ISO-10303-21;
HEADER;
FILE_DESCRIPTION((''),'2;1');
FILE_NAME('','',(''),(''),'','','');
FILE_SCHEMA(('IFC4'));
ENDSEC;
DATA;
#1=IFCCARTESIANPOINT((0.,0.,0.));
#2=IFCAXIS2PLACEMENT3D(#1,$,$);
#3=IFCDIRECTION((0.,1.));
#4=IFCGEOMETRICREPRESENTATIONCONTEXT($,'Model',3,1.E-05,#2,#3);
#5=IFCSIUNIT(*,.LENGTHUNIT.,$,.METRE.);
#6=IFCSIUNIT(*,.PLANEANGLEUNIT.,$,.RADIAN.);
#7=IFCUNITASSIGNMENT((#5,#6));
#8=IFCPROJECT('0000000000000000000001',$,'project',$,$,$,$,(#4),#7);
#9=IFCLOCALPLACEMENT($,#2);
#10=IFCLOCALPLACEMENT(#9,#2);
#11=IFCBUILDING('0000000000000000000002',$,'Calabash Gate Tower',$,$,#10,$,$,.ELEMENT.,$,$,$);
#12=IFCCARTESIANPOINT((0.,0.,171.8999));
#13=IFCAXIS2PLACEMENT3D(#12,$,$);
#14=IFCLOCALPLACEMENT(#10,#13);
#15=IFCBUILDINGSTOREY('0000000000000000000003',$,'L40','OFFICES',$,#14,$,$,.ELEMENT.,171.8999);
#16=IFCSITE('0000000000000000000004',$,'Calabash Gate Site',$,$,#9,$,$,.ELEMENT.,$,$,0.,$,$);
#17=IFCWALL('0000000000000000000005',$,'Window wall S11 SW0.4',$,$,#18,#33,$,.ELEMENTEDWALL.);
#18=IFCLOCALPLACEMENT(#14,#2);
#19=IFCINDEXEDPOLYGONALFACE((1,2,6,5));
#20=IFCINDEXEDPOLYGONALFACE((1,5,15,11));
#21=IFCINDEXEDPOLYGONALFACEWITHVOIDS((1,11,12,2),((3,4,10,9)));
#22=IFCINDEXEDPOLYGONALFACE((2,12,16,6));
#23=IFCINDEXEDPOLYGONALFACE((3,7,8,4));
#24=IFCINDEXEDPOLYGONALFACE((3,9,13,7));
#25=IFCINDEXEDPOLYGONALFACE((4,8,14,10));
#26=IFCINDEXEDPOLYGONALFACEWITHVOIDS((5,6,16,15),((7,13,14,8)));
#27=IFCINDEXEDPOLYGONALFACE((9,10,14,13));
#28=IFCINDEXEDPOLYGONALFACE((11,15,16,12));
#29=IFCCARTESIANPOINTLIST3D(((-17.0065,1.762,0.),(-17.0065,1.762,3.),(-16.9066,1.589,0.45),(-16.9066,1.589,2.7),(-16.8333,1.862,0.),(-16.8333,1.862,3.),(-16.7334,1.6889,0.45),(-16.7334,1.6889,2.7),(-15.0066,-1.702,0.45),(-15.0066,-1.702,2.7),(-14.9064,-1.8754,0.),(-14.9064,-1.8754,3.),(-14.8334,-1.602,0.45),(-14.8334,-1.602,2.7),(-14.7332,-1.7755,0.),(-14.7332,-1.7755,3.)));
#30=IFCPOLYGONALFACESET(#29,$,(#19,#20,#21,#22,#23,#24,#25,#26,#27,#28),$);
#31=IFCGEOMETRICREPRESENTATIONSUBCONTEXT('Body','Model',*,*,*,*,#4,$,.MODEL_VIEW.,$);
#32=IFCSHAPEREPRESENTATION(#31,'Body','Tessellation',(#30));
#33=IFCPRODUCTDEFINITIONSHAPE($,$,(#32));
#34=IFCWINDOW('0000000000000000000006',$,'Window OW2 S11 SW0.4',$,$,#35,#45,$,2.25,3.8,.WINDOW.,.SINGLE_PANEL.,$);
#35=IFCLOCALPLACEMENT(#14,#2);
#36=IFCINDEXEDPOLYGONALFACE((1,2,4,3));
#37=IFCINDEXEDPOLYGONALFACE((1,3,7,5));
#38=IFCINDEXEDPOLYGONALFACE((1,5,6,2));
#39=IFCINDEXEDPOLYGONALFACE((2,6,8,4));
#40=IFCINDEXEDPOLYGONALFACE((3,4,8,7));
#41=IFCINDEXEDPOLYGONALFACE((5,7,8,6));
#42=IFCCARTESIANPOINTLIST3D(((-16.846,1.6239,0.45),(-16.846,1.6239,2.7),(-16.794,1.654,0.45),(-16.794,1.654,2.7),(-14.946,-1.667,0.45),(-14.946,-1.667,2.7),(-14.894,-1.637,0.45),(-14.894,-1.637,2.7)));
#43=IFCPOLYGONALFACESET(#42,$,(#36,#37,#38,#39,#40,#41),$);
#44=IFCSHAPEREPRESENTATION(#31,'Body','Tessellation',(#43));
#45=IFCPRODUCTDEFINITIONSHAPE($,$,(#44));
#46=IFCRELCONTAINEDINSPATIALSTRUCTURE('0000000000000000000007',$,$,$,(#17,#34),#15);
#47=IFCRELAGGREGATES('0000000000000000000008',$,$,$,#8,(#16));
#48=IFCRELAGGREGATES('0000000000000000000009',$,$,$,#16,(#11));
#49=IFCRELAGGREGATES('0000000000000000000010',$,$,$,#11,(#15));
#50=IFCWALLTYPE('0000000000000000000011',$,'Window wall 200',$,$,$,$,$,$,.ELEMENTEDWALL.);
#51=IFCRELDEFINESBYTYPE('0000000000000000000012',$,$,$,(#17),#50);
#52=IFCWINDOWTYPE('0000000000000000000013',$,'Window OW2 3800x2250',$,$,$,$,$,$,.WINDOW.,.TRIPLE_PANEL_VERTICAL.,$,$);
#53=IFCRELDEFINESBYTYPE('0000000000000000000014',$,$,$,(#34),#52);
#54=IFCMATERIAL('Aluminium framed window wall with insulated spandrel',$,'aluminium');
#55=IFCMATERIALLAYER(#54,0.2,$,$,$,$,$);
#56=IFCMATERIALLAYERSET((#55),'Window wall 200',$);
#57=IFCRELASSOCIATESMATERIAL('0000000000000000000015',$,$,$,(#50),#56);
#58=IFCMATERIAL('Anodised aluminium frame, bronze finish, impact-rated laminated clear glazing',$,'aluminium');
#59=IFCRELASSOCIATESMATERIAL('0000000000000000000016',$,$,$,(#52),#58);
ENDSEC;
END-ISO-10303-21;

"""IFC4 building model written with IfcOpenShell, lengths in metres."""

from ifc_helpers import new_model, si_unit, direction, frame, frame_2d, origin, place, context, subcontext, project, spatial, rectangle, extrude, material, layer, layer_set, type_object, element, fill, save


model = new_model("IFC4")

# Units and contexts
model_context = context("Model", 3, precision=1e-05, world=origin(), true_north=direction((0.0, 1.0)))
body_context = subcontext(model_context, "Body", "Model", "MODEL_VIEW")
ifc_project = project(units=[si_unit("LENGTHUNIT", "METRE"), si_unit("PLANEANGLEUNIT", "RADIAN")], contexts=[model_context])

# Site, building, storey
site_placement = place(None, origin())
site = spatial("IfcSite", under=ifc_project, at=site_placement, Name="Calabash Gate Site", CompositionType="ELEMENT", RefElevation=0.0)
building_placement = place(site_placement, origin())
building = spatial("IfcBuilding", under=site, at=building_placement, Name="Calabash Gate Tower", CompositionType="ELEMENT")
storey_placement = place(building_placement, frame((0.0, 0.0, 171.8999)))
storey = spatial("IfcBuildingStorey", under=building, at=storey_placement, Name="L40", Description="OFFICES", CompositionType="ELEMENT", Elevation=171.8999)

# Shared definitions
ifc_material_1 = material(Name="Aluminium framed window wall with insulated spandrel", Category="aluminium")
ifc_layer_1 = layer(ifc_material_1, 0.2)
ifc_layer_set_1 = layer_set([ifc_layer_1], Name="Window wall 200")
wall_type_1 = type_object("IfcWallType", Name="Window wall 200", PredefinedType="ELEMENTEDWALL", material=ifc_layer_set_1)

# Wall, opening, window
wall_1_placement = place(storey_placement, frame((-16.9199, 1.812, 0.0), z_axis=(0.0, 0.0, 1.0), x_axis=(0.500003, -0.866024, 0.0)))
wall_1 = element("IfcWall", 1, at=wall_1_placement, inside=storey, type_object=wall_type_1, Name="Window wall S11 SW0.4", PredefinedType="ELEMENTEDWALL", context=body_context, shape_type="SweptSolid", body=[
    extrude(rectangle(XDim=4.2002, YDim=0.2, at=frame_2d((2.1001, 0.0))), origin(), (0.0, 0.0, 1.0), 3.0),
])
opening_1_placement = place(wall_1_placement, frame((0.2, 0.0, 0.45)))
opening_1 = element("IfcOpeningElement", 2, at=opening_1_placement, cuts=wall_1, PredefinedType="OPENING", context=body_context, shape_type="SweptSolid", body=[
    extrude(rectangle(XDim=3.8, YDim=2.25, at=frame_2d((1.8999, 1.125))), frame((0.0, 0.1099, 0.0), z_axis=(0.0, -1.0, 0.0), x_axis=(1.0, 0.0, 0.0)), (0.0, 0.0, 1.0), 0.22),
])
ifc_material_2 = material(Name="Anodised aluminium frame, bronze finish, impact-rated laminated clear glazing", Category="aluminium")
window_type = type_object("IfcWindowType", Name="Window OW2 3800x2250", PartitioningType="TRIPLE_PANEL_VERTICAL", PredefinedType="WINDOW", material=ifc_material_2)
window_placement = place(opening_1_placement, origin())
window = element("IfcWindow", 3, at=window_placement, inside=storey, type_object=window_type, Name="Window OW2 S11 SW0.4", OverallHeight=2.25, OverallWidth=3.8, PartitioningType="SINGLE_PANEL", PredefinedType="WINDOW", context=body_context, shape_type="SweptSolid", body=[
    extrude(rectangle(XDim=3.8, YDim=2.25, at=frame_2d((1.8999, 1.125))), frame((0.0, 0.03, 0.0), z_axis=(0.0, -1.0, 0.0), x_axis=(1.0, 0.0, 0.0)), (0.0, 0.0, 1.0), 0.0601),
])
fill(opening_1, window)

save(model, "model.ifc")
